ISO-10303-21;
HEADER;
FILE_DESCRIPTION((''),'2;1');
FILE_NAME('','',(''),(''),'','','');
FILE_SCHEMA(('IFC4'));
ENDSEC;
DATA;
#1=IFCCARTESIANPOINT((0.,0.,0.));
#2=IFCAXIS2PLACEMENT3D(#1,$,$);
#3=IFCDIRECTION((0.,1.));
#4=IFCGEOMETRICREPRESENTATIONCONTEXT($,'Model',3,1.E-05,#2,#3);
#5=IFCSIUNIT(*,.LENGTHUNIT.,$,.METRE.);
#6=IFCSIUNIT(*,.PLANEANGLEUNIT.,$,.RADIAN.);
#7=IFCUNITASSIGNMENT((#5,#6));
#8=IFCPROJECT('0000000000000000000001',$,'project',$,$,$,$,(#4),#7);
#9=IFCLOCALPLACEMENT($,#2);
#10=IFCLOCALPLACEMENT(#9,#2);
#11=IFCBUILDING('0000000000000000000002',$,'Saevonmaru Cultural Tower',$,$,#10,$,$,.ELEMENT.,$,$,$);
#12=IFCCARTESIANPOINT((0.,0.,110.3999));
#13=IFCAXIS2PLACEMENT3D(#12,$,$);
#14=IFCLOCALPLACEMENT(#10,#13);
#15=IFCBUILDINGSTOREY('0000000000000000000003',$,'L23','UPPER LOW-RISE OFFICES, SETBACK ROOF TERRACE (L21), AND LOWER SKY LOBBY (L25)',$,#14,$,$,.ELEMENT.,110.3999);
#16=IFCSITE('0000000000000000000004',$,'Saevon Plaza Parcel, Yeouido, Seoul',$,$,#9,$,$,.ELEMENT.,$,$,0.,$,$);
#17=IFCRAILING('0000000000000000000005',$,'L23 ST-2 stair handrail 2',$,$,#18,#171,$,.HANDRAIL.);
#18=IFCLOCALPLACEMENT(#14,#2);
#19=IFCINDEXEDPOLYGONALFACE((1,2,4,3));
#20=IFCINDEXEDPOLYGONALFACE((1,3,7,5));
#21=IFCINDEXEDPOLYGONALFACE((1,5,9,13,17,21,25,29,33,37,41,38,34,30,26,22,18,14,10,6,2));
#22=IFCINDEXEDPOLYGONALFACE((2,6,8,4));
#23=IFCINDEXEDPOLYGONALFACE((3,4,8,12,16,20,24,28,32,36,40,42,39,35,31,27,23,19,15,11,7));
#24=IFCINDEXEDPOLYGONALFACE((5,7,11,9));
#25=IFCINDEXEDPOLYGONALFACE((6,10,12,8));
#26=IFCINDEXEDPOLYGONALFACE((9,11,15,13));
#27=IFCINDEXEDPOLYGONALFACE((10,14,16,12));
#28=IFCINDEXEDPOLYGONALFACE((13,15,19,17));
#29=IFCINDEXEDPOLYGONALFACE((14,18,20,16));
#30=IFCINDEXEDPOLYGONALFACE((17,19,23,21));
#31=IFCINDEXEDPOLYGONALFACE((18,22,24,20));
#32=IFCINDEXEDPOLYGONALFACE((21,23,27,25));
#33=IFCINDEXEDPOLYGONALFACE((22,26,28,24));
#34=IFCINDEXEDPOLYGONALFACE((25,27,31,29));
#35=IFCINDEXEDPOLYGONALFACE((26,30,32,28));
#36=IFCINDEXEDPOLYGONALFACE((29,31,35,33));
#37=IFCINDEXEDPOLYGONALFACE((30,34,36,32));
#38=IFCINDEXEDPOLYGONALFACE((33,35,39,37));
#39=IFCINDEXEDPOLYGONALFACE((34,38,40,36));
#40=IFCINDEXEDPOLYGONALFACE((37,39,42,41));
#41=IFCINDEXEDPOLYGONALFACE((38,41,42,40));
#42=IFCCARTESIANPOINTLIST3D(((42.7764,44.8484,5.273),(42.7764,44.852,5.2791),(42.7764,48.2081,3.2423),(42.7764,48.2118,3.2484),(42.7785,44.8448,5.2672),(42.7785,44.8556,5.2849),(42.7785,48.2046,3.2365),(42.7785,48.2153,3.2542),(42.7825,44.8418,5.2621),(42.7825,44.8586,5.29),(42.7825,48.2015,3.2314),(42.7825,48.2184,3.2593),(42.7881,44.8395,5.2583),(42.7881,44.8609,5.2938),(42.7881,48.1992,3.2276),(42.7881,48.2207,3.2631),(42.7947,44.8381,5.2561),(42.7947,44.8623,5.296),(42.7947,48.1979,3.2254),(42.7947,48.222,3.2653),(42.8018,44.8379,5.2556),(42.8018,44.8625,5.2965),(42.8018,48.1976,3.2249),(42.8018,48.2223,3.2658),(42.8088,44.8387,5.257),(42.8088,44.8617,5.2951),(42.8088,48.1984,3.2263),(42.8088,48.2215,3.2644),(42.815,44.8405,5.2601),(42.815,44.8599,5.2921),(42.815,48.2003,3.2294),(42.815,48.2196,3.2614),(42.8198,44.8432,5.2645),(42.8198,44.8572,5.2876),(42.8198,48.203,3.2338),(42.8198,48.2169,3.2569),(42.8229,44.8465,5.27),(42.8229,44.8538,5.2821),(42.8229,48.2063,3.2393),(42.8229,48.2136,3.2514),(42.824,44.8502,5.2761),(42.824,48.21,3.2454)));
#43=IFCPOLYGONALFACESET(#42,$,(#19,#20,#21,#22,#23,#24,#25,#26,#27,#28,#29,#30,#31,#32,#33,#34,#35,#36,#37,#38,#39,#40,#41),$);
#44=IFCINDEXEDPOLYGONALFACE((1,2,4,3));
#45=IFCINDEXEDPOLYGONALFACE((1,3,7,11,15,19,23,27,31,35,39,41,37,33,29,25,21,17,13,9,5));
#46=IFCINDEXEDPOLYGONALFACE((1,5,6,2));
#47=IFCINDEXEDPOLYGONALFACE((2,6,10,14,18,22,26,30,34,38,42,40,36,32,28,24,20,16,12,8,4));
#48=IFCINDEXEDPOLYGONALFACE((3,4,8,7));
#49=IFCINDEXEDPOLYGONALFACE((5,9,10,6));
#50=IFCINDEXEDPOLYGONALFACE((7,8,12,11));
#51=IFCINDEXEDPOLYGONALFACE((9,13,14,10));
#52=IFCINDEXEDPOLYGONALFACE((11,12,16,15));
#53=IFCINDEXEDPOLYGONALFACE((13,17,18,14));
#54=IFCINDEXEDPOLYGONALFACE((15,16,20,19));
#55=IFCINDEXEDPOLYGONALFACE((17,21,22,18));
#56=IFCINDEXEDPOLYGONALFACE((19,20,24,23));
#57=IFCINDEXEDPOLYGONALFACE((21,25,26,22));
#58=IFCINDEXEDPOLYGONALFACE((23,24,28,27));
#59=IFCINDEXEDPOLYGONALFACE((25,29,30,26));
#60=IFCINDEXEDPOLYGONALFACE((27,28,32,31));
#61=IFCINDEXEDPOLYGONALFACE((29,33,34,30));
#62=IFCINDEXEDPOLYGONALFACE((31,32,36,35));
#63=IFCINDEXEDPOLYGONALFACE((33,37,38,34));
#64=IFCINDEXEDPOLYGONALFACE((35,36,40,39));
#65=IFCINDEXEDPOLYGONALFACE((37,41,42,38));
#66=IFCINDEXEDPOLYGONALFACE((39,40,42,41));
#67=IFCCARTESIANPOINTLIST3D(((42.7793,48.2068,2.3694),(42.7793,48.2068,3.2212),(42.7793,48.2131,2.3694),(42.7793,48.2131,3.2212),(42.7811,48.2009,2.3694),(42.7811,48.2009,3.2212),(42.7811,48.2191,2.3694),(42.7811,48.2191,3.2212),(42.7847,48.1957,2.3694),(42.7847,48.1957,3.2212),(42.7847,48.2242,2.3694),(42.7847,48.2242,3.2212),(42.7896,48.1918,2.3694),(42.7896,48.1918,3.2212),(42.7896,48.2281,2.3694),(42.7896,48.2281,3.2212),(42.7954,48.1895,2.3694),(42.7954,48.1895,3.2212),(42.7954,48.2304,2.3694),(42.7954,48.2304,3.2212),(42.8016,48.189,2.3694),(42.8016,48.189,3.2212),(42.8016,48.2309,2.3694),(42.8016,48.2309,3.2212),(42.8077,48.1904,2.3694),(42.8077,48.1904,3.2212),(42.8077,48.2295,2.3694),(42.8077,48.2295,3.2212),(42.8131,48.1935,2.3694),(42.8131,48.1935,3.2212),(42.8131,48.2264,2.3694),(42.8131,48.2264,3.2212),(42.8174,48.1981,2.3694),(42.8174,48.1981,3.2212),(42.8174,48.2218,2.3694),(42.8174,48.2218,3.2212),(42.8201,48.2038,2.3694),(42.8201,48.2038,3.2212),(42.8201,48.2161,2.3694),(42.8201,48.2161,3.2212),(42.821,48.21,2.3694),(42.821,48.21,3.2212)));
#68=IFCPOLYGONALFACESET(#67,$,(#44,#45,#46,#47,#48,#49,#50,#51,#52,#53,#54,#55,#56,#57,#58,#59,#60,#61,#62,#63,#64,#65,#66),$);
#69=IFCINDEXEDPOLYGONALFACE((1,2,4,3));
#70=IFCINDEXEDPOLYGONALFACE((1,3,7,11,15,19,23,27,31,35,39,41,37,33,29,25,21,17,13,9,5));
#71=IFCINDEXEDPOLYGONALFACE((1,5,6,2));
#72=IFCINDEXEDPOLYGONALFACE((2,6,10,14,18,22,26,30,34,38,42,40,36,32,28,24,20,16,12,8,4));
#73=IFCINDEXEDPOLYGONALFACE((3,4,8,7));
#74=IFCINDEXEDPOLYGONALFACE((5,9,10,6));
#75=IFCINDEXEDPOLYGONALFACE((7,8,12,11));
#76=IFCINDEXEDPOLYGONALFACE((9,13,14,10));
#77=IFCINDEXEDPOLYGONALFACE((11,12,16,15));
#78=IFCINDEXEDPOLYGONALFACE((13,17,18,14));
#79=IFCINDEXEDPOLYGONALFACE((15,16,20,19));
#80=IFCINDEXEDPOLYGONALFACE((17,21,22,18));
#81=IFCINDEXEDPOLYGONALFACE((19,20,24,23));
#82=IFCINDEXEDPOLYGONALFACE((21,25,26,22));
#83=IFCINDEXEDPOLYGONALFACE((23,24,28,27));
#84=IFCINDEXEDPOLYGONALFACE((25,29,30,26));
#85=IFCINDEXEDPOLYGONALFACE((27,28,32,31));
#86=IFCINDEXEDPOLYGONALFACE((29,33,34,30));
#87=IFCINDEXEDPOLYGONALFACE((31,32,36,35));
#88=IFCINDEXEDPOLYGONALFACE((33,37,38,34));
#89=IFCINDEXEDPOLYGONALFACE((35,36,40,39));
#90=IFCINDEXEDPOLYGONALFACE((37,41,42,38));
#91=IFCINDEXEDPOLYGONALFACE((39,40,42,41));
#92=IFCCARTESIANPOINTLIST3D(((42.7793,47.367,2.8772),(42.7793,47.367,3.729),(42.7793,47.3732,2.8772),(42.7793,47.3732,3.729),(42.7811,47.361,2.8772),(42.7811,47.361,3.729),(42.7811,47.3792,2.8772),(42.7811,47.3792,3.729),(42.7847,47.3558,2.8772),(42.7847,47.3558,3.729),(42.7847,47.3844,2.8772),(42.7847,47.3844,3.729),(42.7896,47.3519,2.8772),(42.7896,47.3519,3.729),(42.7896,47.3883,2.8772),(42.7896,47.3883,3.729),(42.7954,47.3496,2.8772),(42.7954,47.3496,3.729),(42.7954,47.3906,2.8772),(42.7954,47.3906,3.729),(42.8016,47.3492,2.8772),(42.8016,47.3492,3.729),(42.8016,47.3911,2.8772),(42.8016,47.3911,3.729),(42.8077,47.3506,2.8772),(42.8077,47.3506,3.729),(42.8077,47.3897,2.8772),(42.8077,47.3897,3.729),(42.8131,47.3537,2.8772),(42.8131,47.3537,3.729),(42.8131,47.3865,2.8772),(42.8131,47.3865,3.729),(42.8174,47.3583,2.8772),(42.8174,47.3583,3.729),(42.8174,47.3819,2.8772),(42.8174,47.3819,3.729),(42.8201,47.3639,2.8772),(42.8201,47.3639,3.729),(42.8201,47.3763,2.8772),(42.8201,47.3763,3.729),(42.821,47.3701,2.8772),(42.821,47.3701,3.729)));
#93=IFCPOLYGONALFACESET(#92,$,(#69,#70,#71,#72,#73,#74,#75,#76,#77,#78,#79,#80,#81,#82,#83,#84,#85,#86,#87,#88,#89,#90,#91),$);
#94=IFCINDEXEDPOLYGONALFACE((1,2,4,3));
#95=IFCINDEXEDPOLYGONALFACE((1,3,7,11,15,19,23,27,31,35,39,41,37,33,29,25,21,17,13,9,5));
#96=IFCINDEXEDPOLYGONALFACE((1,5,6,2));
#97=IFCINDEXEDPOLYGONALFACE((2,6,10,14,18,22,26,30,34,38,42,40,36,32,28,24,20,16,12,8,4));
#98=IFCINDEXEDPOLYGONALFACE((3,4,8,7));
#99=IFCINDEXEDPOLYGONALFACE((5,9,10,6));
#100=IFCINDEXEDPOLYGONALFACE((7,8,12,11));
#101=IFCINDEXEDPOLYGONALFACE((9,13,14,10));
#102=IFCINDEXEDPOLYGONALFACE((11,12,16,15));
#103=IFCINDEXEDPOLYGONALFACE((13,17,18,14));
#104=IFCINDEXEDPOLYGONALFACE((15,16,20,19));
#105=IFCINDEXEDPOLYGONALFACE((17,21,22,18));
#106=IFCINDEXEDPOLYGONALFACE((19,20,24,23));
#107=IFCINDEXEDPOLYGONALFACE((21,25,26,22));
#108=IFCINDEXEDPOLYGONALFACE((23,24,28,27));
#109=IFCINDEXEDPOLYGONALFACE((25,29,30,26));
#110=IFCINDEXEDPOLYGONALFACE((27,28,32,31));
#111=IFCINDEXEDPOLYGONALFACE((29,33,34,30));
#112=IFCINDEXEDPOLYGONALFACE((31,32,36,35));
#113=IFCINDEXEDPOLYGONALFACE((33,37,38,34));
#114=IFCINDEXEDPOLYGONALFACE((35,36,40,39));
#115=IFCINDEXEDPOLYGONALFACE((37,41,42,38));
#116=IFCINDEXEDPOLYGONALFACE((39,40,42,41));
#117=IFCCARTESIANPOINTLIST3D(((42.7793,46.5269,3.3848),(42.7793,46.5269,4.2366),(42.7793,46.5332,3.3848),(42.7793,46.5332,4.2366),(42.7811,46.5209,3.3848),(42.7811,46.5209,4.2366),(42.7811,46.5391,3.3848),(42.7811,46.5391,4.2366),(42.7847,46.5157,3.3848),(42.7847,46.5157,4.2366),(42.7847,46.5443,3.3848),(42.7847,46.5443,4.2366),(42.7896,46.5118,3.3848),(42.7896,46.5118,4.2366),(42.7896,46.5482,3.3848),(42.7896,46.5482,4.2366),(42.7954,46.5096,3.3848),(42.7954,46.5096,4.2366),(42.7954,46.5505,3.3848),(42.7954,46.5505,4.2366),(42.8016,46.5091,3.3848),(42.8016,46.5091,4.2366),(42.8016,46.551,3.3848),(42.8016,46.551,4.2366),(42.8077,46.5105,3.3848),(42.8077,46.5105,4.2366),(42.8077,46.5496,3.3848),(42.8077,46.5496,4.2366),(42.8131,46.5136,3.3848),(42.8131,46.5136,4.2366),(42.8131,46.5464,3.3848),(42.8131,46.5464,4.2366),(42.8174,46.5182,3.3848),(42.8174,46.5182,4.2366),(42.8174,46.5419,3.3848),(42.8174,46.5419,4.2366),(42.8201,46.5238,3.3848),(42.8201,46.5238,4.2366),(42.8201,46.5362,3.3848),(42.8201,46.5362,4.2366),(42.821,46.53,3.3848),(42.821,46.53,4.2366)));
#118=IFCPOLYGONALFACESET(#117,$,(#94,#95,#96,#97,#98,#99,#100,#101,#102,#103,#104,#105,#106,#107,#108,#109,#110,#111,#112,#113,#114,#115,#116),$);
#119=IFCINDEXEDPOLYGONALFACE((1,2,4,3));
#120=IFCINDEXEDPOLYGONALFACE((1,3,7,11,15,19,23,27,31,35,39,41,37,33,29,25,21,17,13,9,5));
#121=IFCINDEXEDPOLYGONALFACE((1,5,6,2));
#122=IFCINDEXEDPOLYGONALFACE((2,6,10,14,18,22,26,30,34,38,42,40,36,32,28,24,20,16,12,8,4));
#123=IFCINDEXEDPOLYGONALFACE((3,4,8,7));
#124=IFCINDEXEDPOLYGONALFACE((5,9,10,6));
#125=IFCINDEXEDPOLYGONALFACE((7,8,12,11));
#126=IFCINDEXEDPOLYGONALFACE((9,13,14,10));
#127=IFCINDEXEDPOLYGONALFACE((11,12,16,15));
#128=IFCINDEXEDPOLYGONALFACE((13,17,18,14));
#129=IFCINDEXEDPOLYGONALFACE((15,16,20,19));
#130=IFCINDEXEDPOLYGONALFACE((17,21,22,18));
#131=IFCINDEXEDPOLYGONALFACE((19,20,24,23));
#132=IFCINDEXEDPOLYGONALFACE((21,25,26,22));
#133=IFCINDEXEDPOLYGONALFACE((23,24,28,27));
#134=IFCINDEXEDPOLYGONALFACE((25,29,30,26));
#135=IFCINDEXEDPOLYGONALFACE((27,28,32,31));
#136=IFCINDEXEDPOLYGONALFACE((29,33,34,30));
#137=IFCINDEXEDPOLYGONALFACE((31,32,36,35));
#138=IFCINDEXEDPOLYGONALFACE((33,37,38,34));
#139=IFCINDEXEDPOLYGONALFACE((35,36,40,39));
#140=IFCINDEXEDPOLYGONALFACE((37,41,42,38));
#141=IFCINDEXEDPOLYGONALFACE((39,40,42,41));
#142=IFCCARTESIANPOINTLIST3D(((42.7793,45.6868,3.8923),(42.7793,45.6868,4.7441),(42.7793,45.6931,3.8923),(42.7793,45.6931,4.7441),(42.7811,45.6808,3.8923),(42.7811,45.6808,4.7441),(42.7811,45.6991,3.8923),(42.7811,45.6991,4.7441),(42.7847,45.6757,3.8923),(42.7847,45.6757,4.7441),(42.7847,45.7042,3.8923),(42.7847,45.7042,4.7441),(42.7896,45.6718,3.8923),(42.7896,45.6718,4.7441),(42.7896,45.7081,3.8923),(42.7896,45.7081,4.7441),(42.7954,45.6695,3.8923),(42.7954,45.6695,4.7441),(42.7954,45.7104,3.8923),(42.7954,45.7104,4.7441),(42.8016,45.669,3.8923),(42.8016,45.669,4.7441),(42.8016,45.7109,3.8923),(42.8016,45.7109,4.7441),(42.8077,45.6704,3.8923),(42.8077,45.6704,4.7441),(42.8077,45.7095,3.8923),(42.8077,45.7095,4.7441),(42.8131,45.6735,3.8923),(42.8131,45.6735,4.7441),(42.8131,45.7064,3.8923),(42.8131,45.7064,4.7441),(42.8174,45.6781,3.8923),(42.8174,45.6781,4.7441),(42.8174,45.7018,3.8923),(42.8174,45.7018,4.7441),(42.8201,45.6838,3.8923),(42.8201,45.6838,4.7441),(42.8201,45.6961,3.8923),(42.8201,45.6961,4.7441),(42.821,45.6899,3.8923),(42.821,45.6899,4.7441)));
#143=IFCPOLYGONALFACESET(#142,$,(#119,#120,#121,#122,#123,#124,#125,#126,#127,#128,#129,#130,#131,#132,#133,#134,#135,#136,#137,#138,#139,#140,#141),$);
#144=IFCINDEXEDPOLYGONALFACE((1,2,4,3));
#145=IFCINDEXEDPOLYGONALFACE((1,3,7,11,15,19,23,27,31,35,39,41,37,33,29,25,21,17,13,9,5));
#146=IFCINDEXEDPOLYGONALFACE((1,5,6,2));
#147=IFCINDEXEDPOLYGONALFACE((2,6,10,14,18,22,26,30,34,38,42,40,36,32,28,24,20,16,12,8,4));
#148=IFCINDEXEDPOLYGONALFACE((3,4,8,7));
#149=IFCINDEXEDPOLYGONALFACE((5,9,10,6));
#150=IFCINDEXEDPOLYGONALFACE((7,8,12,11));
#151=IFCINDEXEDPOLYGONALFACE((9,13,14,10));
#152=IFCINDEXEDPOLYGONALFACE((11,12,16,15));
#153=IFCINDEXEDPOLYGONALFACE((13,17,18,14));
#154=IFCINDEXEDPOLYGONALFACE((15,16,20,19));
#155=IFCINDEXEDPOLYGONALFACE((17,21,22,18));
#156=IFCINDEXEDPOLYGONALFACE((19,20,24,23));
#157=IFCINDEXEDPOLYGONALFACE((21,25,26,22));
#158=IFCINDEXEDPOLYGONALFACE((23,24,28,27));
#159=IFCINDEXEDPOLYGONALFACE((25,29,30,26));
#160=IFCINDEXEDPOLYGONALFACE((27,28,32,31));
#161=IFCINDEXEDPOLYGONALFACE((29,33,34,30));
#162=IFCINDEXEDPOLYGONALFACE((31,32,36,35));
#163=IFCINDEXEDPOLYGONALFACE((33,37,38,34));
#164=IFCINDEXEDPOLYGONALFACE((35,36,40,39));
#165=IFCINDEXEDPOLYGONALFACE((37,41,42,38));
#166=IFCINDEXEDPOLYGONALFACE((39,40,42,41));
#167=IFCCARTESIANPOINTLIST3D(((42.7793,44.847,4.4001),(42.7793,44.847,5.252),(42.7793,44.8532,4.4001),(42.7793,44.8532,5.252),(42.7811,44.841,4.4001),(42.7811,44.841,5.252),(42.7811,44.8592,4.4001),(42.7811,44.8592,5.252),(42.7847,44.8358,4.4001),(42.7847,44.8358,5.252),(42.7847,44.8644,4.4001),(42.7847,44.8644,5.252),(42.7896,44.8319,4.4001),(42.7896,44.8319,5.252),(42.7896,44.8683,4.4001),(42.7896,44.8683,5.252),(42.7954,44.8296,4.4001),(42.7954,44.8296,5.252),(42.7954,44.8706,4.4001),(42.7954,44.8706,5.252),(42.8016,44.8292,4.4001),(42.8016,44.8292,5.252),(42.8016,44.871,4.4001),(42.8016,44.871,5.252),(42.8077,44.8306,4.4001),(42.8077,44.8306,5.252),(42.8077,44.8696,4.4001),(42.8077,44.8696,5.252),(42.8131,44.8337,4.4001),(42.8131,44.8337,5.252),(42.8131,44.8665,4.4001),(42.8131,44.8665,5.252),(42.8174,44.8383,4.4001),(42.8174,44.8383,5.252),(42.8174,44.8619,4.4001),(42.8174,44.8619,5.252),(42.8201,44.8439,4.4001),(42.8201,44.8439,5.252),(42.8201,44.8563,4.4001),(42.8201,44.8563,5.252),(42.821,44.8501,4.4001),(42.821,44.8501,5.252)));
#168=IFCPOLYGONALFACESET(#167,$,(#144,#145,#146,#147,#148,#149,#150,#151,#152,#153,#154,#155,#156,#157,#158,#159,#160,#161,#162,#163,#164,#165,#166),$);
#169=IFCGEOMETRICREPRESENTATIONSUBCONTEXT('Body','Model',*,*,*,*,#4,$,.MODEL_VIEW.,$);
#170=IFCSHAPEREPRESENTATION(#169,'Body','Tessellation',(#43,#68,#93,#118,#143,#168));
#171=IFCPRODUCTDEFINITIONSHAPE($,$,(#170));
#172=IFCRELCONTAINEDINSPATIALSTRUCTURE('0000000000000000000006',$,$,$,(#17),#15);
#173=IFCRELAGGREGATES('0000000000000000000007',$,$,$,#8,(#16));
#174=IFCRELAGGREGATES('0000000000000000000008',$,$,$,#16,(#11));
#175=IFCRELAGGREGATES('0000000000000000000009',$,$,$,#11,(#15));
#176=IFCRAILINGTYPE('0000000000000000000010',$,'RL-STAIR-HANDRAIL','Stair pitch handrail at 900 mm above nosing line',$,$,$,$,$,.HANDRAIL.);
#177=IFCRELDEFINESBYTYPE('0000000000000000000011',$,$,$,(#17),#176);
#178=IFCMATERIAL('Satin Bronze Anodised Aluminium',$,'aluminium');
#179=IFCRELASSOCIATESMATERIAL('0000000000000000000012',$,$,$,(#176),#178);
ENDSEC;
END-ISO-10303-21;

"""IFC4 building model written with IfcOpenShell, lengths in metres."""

from ifc_helpers import new_model, si_unit, direction, frame, origin, origin_2d, place, context, subcontext, project, spatial, circle, extrude, material, type_object, element, save


model = new_model("IFC4")

# Units and contexts
model_context = context("Model", 3, precision=1e-05, world=origin(), true_north=direction((0.0, 1.0)))
body_context = subcontext(model_context, "Body", "Model", "MODEL_VIEW")
ifc_project = project(units=[si_unit("LENGTHUNIT", "METRE"), si_unit("PLANEANGLEUNIT", "RADIAN")], contexts=[model_context])

# Site, building, storey
site_placement = place(None, origin())
site = spatial("IfcSite", under=ifc_project, at=site_placement, Name="Saevon Plaza Parcel, Yeouido, Seoul", CompositionType="ELEMENT", RefElevation=0.0)
building_placement = place(site_placement, origin())
building = spatial("IfcBuilding", under=site, at=building_placement, Name="Saevonmaru Cultural Tower", CompositionType="ELEMENT")
storey_placement = place(building_placement, frame((0.0, 0.0, 110.3999)))
storey = spatial("IfcBuildingStorey", under=building, at=storey_placement, Name="L23", Description="UPPER LOW-RISE OFFICES, SETBACK ROOF TERRACE (L21), AND LOWER SKY LOBBY (L25)", CompositionType="ELEMENT", Elevation=110.3999)

# Shared definitions
ifc_material_1 = material(Name="Satin Bronze Anodised Aluminium", Category="aluminium")

# Railing
railing_type = type_object("IfcRailingType", Name="RL-STAIR-HANDRAIL", Description="Stair pitch handrail at 900 mm above nosing line", PredefinedType="HANDRAIL", material=ifc_material_1)
railing_placement = place(storey_placement, frame((42.8, 48.21, 2.3694)))
element("IfcRailing", 1, at=railing_placement, inside=storey, type_object=railing_type, Name="L23 ST-2 stair handrail 2", PredefinedType="HANDRAIL", context=body_context, shape_type="SweptSolid", body=[
    extrude(circle(Radius=0.0239, at=origin_2d()), frame((0.0, 0.0, 0.876), z_axis=(0.0, -0.85582, 0.517273), x_axis=(1.0, 0.0, 0.0)), (0.0, 0.0, 1.0), 3.9258),
    extrude(circle(Radius=0.021, at=origin_2d()), origin(), (0.0, 0.0, 1.0), 0.8518),
    extrude(circle(Radius=0.021, at=origin_2d()), frame((0.0, -0.8398, 0.5078)), (0.0, 0.0, 1.0), 0.8518),
    extrude(circle(Radius=0.021, at=origin_2d()), frame((0.0, -1.6799, 1.0154)), (0.0, 0.0, 1.0), 0.8518),
    extrude(circle(Radius=0.021, at=origin_2d()), frame((0.0, -2.52, 1.5229)), (0.0, 0.0, 1.0), 0.8518),
    extrude(circle(Radius=0.021, at=origin_2d()), frame((0.0, -3.3599, 2.0308)), (0.0, 0.0, 1.0), 0.8518),
])

save(model, "model.ifc")
